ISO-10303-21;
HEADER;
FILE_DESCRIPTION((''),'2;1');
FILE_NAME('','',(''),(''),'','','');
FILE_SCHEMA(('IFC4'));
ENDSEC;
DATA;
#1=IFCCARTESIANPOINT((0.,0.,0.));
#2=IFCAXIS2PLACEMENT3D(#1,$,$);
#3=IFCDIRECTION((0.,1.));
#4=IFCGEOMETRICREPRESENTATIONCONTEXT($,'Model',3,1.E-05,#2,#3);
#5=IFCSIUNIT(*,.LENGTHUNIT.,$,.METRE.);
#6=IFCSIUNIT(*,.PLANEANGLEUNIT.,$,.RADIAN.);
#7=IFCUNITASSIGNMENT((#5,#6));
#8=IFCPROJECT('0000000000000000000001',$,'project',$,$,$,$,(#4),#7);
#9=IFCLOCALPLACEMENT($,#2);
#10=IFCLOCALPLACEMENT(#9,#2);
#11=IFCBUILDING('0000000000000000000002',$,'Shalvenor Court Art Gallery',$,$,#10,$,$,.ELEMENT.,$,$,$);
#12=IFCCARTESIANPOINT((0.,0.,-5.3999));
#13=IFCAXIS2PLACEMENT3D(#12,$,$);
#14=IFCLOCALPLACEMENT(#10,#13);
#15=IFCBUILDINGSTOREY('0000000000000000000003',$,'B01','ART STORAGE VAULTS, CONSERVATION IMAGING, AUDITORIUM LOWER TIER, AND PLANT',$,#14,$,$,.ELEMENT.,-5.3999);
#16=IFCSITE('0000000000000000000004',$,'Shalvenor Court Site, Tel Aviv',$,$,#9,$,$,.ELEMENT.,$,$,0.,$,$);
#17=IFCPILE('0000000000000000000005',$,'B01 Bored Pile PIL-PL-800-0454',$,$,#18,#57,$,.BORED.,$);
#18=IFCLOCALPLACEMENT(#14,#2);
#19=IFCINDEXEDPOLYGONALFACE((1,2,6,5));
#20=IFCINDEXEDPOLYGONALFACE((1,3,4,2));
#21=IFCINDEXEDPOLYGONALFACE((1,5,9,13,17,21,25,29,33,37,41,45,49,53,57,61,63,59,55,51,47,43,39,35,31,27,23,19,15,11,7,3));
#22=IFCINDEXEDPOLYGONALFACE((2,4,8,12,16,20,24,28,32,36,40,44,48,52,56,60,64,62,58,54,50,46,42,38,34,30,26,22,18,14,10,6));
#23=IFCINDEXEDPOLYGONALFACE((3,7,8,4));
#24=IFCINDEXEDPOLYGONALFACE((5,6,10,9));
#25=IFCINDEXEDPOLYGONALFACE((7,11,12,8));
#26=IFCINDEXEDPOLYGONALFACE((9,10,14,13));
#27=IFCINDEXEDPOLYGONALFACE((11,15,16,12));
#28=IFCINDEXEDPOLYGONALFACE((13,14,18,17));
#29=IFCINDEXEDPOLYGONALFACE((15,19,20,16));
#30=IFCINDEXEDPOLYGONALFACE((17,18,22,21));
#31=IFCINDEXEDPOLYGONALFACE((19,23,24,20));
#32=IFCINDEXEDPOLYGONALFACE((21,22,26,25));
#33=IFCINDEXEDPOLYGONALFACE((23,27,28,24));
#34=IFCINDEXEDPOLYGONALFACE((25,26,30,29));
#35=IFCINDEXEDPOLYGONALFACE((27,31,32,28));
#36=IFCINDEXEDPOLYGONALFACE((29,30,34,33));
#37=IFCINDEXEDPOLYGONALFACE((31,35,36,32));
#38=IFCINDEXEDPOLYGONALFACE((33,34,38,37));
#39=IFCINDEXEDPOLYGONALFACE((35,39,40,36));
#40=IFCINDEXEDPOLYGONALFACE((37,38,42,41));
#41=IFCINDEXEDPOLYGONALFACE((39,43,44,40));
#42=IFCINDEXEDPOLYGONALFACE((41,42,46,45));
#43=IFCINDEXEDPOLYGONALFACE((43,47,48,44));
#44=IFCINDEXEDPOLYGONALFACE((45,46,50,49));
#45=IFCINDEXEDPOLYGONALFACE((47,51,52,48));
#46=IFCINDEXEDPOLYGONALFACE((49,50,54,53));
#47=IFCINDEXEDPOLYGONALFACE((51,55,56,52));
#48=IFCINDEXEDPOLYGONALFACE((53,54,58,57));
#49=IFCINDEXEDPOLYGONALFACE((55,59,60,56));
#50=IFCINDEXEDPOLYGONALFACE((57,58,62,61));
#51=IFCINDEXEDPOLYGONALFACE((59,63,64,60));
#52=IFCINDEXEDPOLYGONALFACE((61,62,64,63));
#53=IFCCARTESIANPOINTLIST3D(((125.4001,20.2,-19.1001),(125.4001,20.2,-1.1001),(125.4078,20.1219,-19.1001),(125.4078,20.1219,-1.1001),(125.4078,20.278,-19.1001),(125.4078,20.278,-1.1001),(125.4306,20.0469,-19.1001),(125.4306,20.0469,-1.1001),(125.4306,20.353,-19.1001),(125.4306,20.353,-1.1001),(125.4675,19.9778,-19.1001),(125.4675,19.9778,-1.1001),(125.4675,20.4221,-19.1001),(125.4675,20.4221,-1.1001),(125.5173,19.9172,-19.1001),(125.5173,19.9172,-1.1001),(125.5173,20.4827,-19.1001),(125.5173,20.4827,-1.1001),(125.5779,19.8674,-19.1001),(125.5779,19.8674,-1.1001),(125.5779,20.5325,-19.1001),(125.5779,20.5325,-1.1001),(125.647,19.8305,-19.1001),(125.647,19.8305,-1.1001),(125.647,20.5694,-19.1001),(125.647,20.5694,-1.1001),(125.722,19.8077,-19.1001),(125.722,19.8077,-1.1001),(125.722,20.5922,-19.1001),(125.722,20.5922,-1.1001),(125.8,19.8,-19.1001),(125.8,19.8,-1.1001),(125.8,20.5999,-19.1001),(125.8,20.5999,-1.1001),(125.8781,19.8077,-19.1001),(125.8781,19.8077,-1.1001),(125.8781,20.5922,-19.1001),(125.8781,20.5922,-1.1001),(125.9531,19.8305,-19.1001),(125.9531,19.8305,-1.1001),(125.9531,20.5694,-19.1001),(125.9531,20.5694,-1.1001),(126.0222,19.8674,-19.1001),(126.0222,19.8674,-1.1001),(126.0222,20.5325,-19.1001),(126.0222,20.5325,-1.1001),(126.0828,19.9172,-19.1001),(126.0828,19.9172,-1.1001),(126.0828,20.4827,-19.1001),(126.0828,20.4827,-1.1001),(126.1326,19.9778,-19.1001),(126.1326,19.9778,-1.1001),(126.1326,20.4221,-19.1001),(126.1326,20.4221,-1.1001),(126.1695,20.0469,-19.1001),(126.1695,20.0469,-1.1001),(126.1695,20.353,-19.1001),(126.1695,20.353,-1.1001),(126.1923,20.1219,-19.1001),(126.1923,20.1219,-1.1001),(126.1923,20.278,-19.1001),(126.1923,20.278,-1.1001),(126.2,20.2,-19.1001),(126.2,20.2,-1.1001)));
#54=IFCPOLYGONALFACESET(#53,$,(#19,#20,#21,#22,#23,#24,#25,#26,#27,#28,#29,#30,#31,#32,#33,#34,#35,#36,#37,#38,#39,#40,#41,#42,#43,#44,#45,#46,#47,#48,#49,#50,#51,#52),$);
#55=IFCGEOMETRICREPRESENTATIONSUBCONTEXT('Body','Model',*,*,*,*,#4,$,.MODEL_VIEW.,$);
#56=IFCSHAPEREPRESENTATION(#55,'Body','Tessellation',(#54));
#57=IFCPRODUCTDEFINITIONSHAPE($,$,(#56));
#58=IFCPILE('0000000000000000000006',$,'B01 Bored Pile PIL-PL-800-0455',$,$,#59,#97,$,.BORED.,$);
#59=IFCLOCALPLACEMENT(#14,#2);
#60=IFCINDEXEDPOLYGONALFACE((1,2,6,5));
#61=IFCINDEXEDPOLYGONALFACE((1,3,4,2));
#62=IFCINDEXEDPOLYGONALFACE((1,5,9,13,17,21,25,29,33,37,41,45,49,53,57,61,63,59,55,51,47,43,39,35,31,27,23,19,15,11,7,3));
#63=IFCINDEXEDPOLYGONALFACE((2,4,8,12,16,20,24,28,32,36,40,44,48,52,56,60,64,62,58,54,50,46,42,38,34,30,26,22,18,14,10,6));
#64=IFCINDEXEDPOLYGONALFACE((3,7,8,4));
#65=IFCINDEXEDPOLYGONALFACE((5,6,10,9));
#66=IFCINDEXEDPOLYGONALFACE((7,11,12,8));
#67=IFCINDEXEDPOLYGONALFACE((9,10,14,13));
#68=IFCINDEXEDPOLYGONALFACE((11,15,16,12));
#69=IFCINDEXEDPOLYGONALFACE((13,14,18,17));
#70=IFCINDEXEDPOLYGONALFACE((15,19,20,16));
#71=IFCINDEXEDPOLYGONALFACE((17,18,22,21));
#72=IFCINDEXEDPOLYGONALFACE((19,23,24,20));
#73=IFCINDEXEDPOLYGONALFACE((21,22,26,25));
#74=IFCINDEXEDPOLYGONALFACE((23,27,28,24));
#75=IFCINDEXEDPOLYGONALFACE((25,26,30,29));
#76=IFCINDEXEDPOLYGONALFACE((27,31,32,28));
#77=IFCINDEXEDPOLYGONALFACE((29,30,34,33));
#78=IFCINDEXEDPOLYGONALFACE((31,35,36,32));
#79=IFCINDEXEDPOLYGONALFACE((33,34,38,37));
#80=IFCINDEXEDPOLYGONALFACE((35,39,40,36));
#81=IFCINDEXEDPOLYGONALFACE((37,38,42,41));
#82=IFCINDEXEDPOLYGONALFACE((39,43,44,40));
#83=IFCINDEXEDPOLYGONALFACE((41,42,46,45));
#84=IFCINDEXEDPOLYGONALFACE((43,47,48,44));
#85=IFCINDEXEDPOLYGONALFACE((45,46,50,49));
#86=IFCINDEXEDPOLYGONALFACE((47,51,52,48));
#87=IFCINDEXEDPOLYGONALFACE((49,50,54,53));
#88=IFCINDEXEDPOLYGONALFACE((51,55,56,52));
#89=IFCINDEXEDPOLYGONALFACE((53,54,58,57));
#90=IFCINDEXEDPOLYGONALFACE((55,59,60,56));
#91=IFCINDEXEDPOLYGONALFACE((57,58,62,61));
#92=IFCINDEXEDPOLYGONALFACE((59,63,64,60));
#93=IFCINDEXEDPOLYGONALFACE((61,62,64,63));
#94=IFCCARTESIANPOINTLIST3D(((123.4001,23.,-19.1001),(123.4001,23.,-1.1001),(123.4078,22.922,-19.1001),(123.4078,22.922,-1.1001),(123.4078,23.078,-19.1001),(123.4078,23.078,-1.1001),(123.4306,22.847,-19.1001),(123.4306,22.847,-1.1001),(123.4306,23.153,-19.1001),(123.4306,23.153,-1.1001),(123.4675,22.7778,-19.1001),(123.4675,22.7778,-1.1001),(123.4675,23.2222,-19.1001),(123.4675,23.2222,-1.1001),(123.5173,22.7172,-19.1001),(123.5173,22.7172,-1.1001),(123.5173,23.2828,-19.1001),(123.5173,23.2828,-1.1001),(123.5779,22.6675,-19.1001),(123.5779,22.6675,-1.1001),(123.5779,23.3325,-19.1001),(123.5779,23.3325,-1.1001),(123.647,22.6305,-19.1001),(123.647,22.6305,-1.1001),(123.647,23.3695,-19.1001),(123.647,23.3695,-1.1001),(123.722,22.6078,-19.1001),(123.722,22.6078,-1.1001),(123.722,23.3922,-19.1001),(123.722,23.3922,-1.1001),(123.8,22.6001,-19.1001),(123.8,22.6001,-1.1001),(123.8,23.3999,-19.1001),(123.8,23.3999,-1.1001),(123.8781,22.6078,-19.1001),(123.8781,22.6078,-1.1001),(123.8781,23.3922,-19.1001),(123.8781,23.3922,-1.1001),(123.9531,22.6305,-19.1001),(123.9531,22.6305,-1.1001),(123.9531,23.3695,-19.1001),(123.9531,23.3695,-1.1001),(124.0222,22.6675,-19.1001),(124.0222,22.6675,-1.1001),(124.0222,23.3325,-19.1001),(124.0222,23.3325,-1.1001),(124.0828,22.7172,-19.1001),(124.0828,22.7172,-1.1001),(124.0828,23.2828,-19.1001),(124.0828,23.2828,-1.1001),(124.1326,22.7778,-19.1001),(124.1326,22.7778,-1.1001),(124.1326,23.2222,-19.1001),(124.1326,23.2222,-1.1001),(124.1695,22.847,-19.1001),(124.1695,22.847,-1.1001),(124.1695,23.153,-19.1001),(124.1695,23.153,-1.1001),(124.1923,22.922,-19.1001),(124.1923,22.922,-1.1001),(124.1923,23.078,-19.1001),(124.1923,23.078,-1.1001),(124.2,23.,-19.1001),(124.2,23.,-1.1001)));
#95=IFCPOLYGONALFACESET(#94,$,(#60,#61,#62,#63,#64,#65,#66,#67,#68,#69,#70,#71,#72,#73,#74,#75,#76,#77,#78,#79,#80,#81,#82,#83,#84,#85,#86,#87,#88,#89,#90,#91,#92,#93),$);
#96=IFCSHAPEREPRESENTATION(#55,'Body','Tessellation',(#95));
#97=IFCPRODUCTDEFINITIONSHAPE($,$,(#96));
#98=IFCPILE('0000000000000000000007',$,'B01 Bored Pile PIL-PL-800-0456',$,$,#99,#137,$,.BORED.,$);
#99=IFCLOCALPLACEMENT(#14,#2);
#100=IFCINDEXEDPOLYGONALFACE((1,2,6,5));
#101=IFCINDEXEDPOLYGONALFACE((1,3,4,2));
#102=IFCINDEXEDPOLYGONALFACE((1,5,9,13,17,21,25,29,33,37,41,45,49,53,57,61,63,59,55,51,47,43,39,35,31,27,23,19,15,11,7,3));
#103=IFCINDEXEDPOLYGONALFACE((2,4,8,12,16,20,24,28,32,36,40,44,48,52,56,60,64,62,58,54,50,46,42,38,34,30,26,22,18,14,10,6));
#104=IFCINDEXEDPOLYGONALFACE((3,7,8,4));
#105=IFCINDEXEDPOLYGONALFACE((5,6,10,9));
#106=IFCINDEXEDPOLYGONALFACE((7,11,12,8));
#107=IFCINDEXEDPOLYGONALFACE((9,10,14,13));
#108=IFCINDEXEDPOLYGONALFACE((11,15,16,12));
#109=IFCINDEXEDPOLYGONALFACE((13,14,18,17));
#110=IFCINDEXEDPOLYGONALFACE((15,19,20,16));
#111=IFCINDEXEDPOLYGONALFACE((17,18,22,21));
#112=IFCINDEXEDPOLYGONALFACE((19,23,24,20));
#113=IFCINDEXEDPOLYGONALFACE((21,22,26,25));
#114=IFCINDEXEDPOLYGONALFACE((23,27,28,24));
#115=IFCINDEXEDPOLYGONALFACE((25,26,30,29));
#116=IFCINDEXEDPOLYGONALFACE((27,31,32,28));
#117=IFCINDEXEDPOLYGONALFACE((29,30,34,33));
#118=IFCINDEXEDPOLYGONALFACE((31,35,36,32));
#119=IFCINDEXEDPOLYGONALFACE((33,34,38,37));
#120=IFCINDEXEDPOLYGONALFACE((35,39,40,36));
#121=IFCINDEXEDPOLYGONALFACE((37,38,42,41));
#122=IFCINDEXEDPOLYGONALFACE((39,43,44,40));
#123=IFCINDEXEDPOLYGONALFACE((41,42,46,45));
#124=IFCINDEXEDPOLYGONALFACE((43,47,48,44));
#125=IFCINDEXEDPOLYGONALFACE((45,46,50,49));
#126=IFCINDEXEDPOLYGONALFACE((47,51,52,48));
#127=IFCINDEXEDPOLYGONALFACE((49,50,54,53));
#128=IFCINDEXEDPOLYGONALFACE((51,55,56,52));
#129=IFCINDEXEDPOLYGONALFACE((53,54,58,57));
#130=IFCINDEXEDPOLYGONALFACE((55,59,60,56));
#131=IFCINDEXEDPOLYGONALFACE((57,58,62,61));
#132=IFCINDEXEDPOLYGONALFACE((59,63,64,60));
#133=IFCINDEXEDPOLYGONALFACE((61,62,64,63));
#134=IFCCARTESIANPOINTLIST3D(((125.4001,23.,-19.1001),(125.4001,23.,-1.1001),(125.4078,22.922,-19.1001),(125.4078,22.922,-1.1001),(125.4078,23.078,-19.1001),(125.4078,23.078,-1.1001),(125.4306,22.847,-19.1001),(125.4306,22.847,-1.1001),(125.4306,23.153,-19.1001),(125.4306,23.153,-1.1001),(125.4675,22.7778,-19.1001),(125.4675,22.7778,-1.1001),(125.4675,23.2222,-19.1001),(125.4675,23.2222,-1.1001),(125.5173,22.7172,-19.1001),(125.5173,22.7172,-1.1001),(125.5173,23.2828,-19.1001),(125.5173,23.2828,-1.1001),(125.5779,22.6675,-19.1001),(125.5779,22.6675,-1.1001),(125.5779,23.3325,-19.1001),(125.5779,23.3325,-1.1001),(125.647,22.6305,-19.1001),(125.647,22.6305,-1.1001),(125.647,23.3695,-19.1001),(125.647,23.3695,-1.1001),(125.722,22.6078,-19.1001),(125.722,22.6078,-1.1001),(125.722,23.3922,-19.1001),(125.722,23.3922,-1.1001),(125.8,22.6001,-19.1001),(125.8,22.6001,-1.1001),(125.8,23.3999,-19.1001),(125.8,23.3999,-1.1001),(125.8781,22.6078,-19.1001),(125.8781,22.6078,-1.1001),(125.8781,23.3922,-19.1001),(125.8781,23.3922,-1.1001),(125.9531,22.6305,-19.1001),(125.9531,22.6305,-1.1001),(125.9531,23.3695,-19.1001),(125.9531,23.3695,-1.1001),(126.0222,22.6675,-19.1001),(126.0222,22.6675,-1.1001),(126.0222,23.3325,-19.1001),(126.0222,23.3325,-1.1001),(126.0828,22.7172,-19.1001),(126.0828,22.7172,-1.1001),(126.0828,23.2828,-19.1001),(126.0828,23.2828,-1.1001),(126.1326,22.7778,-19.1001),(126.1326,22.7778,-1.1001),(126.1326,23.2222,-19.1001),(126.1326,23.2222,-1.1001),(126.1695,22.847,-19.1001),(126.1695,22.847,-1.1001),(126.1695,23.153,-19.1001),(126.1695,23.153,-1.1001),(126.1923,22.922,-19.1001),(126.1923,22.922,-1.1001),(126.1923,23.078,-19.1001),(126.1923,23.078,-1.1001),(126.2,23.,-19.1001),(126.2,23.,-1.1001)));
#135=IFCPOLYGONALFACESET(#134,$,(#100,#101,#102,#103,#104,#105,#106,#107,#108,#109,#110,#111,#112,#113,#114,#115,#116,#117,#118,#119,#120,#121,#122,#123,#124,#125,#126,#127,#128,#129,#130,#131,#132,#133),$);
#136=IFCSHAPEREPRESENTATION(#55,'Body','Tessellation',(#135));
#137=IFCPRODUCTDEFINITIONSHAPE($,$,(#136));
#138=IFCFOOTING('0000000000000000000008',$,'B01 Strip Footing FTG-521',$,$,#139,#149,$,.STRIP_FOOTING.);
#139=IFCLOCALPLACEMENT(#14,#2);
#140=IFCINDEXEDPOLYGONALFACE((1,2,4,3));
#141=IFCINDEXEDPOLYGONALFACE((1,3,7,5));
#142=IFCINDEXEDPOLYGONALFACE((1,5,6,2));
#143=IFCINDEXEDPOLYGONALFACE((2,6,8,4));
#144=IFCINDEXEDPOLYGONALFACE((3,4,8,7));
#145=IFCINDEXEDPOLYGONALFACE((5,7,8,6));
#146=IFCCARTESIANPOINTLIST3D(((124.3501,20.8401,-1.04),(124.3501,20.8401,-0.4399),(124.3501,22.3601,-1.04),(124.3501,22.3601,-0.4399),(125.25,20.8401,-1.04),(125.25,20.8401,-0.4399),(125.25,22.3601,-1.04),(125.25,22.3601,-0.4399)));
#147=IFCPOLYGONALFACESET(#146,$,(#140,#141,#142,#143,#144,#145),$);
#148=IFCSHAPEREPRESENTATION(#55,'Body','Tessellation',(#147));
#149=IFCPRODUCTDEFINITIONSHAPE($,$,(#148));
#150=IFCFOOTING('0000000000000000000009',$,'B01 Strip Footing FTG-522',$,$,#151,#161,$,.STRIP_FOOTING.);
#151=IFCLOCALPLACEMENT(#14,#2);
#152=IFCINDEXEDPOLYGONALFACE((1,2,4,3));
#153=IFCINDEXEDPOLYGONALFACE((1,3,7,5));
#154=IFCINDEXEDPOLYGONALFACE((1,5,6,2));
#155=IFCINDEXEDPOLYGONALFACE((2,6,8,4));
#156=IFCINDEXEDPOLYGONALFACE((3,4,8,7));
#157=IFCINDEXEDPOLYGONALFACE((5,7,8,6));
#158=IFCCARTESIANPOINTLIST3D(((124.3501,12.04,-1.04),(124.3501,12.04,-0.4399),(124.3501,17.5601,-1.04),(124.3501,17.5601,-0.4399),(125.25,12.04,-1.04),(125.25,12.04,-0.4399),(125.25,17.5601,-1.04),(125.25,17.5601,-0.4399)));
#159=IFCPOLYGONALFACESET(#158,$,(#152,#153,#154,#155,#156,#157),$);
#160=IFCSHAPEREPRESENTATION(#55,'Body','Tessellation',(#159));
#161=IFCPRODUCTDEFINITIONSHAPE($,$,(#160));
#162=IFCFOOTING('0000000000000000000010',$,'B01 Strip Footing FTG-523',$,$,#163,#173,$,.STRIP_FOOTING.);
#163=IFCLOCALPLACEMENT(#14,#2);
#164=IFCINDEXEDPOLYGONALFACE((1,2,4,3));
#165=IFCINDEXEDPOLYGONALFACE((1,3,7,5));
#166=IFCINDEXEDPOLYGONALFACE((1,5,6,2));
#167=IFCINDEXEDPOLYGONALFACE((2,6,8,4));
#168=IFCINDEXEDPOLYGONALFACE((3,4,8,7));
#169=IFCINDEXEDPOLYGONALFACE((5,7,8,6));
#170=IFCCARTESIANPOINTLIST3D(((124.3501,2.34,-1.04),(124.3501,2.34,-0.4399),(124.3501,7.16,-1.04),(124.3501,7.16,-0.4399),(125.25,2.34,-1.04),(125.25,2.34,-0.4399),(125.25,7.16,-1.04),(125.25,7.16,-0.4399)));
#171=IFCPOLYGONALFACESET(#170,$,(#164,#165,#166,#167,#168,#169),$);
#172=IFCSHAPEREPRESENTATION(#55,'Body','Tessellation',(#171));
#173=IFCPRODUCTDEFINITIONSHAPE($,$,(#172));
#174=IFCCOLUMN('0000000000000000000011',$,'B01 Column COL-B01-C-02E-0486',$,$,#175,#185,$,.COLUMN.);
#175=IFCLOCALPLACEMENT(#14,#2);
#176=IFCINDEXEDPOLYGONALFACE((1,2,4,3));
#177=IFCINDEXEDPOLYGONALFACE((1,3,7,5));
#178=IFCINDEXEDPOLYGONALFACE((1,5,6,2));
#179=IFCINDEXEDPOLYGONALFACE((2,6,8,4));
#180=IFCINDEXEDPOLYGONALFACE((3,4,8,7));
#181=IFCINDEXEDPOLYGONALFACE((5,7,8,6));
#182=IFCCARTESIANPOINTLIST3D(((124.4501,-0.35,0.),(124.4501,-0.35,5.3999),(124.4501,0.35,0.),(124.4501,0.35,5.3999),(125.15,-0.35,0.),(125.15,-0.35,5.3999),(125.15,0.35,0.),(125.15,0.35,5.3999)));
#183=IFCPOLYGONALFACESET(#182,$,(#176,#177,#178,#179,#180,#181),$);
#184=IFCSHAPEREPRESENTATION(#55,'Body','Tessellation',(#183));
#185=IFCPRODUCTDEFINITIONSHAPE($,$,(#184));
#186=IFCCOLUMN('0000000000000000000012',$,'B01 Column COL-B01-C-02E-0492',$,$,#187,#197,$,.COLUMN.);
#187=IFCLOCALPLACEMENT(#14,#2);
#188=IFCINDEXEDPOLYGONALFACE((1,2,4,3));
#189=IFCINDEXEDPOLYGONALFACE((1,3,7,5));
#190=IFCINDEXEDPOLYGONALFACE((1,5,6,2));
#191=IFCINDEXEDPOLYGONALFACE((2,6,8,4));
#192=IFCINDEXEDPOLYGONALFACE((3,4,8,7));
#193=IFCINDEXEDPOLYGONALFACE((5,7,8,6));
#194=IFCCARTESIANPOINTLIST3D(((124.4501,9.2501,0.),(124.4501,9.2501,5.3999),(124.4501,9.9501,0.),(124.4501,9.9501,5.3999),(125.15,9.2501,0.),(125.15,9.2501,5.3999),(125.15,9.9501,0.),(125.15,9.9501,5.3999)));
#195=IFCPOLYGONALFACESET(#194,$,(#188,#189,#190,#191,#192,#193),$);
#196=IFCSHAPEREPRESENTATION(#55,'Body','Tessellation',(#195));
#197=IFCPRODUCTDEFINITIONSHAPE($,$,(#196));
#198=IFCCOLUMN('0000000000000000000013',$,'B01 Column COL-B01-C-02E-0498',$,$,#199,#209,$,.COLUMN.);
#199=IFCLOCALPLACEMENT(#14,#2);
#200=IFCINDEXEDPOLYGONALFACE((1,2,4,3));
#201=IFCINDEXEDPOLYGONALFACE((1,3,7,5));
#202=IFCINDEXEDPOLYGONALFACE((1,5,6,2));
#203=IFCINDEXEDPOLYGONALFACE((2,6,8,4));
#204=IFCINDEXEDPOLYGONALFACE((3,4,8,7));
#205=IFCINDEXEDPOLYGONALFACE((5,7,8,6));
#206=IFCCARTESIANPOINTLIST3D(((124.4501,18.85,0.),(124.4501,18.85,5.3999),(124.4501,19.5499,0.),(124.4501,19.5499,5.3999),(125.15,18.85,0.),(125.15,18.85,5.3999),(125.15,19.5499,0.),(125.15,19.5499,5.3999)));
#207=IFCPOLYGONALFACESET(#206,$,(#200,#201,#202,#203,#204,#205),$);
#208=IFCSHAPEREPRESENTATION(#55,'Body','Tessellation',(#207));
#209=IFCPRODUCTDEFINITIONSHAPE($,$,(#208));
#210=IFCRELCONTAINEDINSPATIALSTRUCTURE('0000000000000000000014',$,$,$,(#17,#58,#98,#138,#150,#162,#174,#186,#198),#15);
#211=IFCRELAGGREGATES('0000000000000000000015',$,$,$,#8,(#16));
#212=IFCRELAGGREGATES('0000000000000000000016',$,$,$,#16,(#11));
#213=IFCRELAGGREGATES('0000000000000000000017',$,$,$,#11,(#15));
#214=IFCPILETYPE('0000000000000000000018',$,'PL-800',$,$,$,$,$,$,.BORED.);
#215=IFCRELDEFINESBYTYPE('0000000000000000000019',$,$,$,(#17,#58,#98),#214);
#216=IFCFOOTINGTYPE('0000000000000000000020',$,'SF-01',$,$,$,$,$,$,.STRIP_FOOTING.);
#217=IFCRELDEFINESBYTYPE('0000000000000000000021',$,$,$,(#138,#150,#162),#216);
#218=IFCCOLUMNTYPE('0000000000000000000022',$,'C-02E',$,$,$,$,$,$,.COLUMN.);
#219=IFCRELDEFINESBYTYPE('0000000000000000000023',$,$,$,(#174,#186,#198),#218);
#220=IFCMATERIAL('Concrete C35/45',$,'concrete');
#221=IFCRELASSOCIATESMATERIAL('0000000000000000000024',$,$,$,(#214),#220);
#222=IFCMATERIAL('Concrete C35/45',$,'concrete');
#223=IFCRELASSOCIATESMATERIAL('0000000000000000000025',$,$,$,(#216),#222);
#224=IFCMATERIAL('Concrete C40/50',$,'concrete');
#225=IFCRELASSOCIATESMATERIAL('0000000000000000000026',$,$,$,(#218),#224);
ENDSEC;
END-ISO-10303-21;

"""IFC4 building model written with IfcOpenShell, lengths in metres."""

from ifc_helpers import new_model, si_unit, direction, frame, origin, origin_2d, place, context, subcontext, project, spatial, rectangle, circle, extrude, material, material_profile, profile_set, type_object, element, save


model = new_model("IFC4")

# Units and contexts
model_context = context("Model", 3, precision=1e-05, world=origin(), true_north=direction((0.0, 1.0)))
body_context = subcontext(model_context, "Body", "Model", "MODEL_VIEW")
ifc_project = project(units=[si_unit("LENGTHUNIT", "METRE"), si_unit("PLANEANGLEUNIT", "RADIAN")], contexts=[model_context])

# Site, building, storey
site_placement = place(None, origin())
site = spatial("IfcSite", under=ifc_project, at=site_placement, Name="Shalvenor Court Site, Tel Aviv", CompositionType="ELEMENT", RefElevation=0.0)
building_placement = place(site_placement, origin())
building = spatial("IfcBuilding", under=site, at=building_placement, Name="Shalvenor Court Art Gallery", CompositionType="ELEMENT")
storey_placement = place(building_placement, frame((0.0, 0.0, -5.3999)))
storey = spatial("IfcBuildingStorey", under=building, at=storey_placement, Name="B01", Description="ART STORAGE VAULTS, CONSERVATION IMAGING, AUDITORIUM LOWER TIER, AND PLANT", CompositionType="ELEMENT", Elevation=-5.3999)

# Piles
ifc_material_1 = material(Name="Concrete C35/45", Category="concrete")
ifc_material_profile_1 = material_profile(ifc_material_1, circle(Radius=0.3999, at=origin_2d()), Name="PILE 800")
ifc_profile_set_1 = profile_set([ifc_material_profile_1], Name="Concrete C35/45")
pile_type_1 = type_object("IfcPileType", Name="PL-800", PredefinedType="BORED", material=ifc_profile_set_1)
for number, where, z_axis, x_axis, name in (
    (1, (125.8, 20.2, -1.1001), (0.0, 0.0, -1.0), (1.0, 0.0, 0.0), "B01 Bored Pile PIL-PL-800-0454"),
    (2, (123.8, 23.0, -1.1001), (0.0, 0.0, -1.0), (1.0, 0.0, 0.0), "B01 Bored Pile PIL-PL-800-0455"),
    (3, (125.8, 23.0, -1.1001), (0.0, 0.0, -1.0), (1.0, 0.0, 0.0), "B01 Bored Pile PIL-PL-800-0456"),
):
    element("IfcPile", number, at=place(storey_placement, frame(where, z_axis=z_axis, x_axis=x_axis)), inside=storey, type_object=pile_type_1, Name=name, PredefinedType="BORED", context=body_context, shape_type="SweptSolid", body=[
        extrude(circle(Radius=0.3999, at=origin_2d()), origin(), (0.0, 0.0, 1.0), 18.0),
    ])

# Footings
ifc_material_2 = material(Name="Concrete C35/45", Category="concrete")
footing_type_1 = type_object("IfcFootingType", Name="SF-01", PredefinedType="STRIP_FOOTING", material=ifc_material_2)
footing_1_placement = place(storey_placement, frame((124.8, 21.6001, -1.04), z_axis=(0.0, 0.0, 1.0), x_axis=(0.0, 1.0, 0.0)))
element("IfcFooting", 4, at=footing_1_placement, inside=storey, type_object=footing_type_1, Name="B01 Strip Footing FTG-521", PredefinedType="STRIP_FOOTING", context=body_context, shape_type="SweptSolid", body=[
    extrude(rectangle(XDim=1.52, YDim=0.8999, at=origin_2d()), origin(), (0.0, 0.0, 1.0), 0.6001),
])
footing_2_placement = place(storey_placement, frame((124.8, 14.8, -1.04), z_axis=(0.0, 0.0, 1.0), x_axis=(0.0, 1.0, 0.0)))
element("IfcFooting", 5, at=footing_2_placement, inside=storey, type_object=footing_type_1, Name="B01 Strip Footing FTG-522", PredefinedType="STRIP_FOOTING", context=body_context, shape_type="SweptSolid", body=[
    extrude(rectangle(XDim=5.52, YDim=0.8999, at=origin_2d()), origin(), (0.0, 0.0, 1.0), 0.6001),
])
footing_3_placement = place(storey_placement, frame((124.8, 4.75, -1.04), z_axis=(0.0, 0.0, 1.0), x_axis=(0.0, 1.0, 0.0)))
element("IfcFooting", 6, at=footing_3_placement, inside=storey, type_object=footing_type_1, Name="B01 Strip Footing FTG-523", PredefinedType="STRIP_FOOTING", context=body_context, shape_type="SweptSolid", body=[
    extrude(rectangle(XDim=4.8201, YDim=0.8999, at=origin_2d()), origin(), (0.0, 0.0, 1.0), 0.6001),
])

# Columns
ifc_material_3 = material(Name="Concrete C40/50", Category="concrete")
ifc_material_profile_2 = material_profile(ifc_material_3, rectangle(XDim=0.7, YDim=0.7, at=origin_2d()), Name="RC 700x700")
ifc_profile_set_2 = profile_set([ifc_material_profile_2], Name="Concrete C40/50")
column_type = type_object("IfcColumnType", Name="C-02E", PredefinedType="COLUMN", material=ifc_profile_set_2)
for number, where, z_axis, x_axis, name in (
    (7, (124.8, 0.0, 0.0), (0.0, 0.0, 1.0), (1.0, 0.0, 0.0), "B01 Column COL-B01-C-02E-0486"),
    (8, (124.8, 9.6001, 0.0), (0.0, 0.0, 1.0), (1.0, 0.0, 0.0), "B01 Column COL-B01-C-02E-0492"),
    (9, (124.8, 19.2, 0.0), (0.0, 0.0, 1.0), (1.0, 0.0, 0.0), "B01 Column COL-B01-C-02E-0498"),
):
    element("IfcColumn", number, at=place(storey_placement, frame(where, z_axis=z_axis, x_axis=x_axis)), inside=storey, type_object=column_type, Name=name, PredefinedType="COLUMN", context=body_context, shape_type="SweptSolid", body=[
        extrude(rectangle(XDim=0.7, YDim=0.7, at=origin_2d()), origin(), (0.0, 0.0, 1.0), 5.3999),
    ])

save(model, "model.ifc")
